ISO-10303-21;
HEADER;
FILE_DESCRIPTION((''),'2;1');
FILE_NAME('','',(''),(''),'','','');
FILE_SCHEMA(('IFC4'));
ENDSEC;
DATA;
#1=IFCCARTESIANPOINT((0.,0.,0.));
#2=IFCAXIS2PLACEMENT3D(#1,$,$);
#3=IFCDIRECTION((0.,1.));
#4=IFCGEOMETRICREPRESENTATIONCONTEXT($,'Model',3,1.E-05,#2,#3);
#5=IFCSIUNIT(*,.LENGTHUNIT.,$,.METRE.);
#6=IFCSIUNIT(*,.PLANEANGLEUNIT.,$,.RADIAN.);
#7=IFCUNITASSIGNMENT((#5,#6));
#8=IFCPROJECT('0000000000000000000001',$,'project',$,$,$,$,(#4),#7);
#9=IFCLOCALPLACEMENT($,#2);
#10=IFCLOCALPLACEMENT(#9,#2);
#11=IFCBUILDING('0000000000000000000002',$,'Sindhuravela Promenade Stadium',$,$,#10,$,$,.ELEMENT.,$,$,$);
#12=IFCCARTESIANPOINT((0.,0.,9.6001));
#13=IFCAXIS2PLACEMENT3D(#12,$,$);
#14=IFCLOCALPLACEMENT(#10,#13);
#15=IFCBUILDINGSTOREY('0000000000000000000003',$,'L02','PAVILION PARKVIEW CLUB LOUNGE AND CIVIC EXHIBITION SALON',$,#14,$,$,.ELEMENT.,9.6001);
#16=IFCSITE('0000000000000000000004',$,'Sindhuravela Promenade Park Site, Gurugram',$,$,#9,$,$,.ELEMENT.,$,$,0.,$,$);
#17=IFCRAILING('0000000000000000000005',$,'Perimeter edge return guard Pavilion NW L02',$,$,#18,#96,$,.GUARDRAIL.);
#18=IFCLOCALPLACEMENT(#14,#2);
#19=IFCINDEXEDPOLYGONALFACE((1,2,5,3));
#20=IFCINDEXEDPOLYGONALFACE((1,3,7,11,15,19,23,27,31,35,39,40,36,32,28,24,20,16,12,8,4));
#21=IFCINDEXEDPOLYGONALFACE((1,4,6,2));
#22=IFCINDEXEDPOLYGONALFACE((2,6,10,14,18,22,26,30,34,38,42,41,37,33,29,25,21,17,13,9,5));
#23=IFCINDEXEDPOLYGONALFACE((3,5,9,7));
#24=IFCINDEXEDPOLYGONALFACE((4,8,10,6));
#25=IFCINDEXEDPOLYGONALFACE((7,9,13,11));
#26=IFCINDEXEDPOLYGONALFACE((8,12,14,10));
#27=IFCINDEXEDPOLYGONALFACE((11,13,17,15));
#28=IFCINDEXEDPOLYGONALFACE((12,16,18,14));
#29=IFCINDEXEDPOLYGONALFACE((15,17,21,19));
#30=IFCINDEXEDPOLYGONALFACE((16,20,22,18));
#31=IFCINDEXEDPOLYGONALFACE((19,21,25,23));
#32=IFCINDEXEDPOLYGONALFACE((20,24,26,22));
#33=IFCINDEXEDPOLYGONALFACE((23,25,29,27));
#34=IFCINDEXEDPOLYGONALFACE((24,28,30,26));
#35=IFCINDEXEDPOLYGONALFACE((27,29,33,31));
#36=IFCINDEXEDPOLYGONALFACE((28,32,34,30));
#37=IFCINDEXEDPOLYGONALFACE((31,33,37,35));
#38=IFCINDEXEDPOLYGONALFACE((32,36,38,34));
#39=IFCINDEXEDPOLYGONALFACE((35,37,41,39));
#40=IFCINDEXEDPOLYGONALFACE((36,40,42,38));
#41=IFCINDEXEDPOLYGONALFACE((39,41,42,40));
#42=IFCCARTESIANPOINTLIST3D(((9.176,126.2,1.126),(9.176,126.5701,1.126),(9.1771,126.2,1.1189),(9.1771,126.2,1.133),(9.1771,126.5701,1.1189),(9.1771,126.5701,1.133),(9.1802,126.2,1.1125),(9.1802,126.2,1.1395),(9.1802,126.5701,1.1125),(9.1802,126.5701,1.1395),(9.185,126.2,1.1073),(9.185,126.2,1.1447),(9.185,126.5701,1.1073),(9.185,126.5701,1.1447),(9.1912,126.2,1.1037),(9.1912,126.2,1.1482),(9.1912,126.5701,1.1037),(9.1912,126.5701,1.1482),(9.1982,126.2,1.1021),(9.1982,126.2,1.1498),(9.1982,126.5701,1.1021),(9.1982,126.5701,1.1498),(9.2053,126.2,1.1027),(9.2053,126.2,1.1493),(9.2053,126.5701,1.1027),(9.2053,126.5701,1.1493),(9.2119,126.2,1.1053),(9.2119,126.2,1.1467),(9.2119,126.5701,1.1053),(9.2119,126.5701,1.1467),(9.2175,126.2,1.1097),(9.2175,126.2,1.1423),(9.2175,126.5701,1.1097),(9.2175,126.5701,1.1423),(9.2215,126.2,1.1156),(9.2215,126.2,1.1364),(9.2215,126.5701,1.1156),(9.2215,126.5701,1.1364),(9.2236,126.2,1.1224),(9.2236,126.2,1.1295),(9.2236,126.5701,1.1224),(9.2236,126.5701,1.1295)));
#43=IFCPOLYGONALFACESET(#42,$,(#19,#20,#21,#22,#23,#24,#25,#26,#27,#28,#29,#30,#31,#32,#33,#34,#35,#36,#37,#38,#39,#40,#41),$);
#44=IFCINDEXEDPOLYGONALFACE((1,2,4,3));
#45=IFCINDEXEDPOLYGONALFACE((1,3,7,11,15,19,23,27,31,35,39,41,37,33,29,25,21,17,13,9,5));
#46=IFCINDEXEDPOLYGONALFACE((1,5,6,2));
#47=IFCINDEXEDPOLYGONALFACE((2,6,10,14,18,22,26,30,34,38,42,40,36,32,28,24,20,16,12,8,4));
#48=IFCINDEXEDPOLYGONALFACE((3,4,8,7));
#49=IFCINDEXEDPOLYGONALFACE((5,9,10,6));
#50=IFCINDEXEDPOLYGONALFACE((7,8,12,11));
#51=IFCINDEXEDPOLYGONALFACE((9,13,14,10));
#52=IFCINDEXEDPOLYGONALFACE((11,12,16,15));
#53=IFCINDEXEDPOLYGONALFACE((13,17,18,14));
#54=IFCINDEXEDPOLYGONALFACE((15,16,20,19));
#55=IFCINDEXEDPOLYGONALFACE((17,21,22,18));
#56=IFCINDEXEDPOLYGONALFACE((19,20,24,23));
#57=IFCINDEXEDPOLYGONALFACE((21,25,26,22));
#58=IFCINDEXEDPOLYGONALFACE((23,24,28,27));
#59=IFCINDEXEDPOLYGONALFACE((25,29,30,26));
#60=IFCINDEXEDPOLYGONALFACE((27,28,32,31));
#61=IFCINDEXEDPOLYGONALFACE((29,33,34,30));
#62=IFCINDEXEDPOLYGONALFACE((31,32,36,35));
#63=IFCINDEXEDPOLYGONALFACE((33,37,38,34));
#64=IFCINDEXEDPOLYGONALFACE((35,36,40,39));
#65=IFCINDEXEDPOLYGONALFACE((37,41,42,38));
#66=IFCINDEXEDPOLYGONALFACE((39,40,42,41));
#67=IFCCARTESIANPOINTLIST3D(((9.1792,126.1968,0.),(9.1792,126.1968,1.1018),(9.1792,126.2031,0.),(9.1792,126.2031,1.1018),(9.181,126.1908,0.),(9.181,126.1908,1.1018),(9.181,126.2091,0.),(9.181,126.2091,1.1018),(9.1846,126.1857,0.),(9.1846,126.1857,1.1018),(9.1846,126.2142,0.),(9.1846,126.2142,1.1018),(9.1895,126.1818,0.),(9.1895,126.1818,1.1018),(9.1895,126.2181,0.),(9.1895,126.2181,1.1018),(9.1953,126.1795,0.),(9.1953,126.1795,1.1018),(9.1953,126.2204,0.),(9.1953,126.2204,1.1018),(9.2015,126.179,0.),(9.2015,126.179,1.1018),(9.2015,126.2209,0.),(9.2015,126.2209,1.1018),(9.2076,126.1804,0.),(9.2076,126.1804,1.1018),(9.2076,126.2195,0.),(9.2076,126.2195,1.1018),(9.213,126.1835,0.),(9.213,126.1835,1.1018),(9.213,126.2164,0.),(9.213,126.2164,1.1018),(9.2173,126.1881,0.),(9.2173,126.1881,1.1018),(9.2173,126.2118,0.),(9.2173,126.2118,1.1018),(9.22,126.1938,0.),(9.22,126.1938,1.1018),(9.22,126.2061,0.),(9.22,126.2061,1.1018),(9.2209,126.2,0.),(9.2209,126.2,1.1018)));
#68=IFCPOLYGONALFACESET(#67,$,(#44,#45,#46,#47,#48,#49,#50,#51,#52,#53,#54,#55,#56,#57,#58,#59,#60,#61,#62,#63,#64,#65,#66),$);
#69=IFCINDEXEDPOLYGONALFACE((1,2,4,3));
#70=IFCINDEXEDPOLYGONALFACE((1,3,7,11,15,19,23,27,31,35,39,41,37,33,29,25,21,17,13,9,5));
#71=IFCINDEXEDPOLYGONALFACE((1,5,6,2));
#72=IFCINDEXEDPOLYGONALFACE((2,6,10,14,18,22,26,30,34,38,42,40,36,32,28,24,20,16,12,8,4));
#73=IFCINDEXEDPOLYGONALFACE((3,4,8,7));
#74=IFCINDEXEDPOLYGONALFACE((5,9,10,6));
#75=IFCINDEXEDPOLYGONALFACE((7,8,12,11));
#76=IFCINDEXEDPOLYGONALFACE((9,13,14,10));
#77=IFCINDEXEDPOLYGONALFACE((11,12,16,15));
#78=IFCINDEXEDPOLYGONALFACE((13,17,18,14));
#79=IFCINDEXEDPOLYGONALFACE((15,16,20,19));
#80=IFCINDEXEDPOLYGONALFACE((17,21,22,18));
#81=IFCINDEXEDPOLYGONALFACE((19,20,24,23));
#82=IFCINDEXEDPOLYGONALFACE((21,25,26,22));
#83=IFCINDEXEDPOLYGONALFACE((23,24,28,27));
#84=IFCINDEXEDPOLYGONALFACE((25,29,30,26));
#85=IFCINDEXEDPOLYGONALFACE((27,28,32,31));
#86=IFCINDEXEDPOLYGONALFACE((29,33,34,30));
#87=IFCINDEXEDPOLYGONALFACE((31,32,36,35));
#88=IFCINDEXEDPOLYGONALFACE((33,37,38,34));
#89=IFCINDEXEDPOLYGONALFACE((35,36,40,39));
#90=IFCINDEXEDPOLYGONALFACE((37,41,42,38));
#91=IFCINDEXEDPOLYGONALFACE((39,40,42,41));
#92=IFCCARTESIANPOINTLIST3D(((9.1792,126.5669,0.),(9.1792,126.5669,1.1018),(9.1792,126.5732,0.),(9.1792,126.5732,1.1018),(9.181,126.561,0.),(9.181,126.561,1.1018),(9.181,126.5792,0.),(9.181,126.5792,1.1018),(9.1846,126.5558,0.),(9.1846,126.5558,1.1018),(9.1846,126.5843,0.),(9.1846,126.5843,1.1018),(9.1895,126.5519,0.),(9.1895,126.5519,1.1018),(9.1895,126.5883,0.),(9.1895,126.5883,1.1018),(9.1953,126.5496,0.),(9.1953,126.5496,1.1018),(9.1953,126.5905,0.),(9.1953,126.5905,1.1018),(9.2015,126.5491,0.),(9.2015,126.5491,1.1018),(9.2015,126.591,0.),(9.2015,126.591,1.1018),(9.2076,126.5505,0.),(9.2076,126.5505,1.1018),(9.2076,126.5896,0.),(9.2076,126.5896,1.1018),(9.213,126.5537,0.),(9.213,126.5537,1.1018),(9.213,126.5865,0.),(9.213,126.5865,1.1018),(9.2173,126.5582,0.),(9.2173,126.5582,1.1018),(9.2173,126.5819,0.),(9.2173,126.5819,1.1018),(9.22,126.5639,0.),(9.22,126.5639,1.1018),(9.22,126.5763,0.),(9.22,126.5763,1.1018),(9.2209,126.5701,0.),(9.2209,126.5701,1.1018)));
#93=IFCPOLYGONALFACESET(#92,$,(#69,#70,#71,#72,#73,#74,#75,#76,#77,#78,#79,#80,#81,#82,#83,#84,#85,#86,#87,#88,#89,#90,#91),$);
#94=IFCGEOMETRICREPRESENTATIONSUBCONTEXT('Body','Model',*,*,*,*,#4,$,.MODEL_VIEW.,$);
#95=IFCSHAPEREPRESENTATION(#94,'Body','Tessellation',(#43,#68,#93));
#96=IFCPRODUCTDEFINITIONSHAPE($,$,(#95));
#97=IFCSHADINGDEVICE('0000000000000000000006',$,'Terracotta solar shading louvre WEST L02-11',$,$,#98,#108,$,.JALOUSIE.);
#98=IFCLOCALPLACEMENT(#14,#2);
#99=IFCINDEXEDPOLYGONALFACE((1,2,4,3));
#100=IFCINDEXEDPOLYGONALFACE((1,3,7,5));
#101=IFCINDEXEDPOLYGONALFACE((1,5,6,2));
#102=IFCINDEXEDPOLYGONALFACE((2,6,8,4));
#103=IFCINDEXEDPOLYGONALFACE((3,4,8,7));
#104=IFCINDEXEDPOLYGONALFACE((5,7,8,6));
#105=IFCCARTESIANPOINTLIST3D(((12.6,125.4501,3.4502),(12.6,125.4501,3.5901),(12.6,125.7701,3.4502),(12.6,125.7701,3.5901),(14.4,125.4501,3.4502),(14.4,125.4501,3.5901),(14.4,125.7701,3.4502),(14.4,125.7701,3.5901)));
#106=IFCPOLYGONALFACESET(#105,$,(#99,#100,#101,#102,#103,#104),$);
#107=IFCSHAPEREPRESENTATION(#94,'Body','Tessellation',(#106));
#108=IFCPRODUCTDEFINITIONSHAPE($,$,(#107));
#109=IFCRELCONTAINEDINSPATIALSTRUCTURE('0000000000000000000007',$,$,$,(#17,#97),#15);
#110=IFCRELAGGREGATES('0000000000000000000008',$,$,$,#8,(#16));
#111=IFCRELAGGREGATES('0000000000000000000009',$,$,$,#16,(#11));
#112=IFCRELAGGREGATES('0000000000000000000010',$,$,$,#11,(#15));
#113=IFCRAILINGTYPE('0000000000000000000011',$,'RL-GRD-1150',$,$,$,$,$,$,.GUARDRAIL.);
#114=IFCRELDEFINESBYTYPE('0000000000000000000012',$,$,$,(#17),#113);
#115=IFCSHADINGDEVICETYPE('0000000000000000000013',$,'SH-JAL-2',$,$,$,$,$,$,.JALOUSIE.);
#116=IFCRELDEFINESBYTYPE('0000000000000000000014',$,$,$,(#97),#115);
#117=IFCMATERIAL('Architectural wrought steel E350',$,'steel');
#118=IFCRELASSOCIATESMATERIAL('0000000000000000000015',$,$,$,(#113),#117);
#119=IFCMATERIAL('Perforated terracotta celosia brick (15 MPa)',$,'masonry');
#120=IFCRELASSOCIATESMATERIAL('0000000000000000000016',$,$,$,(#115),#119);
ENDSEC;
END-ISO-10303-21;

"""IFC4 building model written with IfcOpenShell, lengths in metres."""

from ifc_helpers import new_model, si_unit, direction, frame, origin, origin_2d, place, context, subcontext, project, spatial, rectangle, circle, extrude, material, type_object, element, save


model = new_model("IFC4")

# Units and contexts
model_context = context("Model", 3, precision=1e-05, world=origin(), true_north=direction((0.0, 1.0)))
body_context = subcontext(model_context, "Body", "Model", "MODEL_VIEW")
ifc_project = project(units=[si_unit("LENGTHUNIT", "METRE"), si_unit("PLANEANGLEUNIT", "RADIAN")], contexts=[model_context])

# Site, building, storey
site_placement = place(None, origin())
site = spatial("IfcSite", under=ifc_project, at=site_placement, Name="Sindhuravela Promenade Park Site, Gurugram", CompositionType="ELEMENT", RefElevation=0.0)
building_placement = place(site_placement, origin())
building = spatial("IfcBuilding", under=site, at=building_placement, Name="Sindhuravela Promenade Stadium", CompositionType="ELEMENT")
storey_placement = place(building_placement, frame((0.0, 0.0, 9.6001)))
storey = spatial("IfcBuildingStorey", under=building, at=storey_placement, Name="L02", Description="PAVILION PARKVIEW CLUB LOUNGE AND CIVIC EXHIBITION SALON", CompositionType="ELEMENT", Elevation=9.6001)

# Railing
ifc_material_1 = material(Name="Architectural wrought steel E350", Category="steel")
railing_type = type_object("IfcRailingType", Name="RL-GRD-1150", PredefinedType="GUARDRAIL", material=ifc_material_1)
railing_placement = place(storey_placement, frame((9.2, 126.2, 0.0)))
element("IfcRailing", 1, at=railing_placement, inside=storey, type_object=railing_type, Name="Perimeter edge return guard Pavilion NW L02", PredefinedType="GUARDRAIL", context=body_context, shape_type="SweptSolid", body=[
    extrude(circle(Radius=0.0239, at=origin_2d()), frame((0.0, 0.0, 1.126), z_axis=(0.0, 1.0, 0.0), x_axis=(-1.0, 0.0, 0.0)), (0.0, 0.0, 1.0), 0.3701),
    extrude(circle(Radius=0.021, at=origin_2d()), origin(), (0.0, 0.0, 1.0), 1.1018),
    extrude(circle(Radius=0.021, at=origin_2d()), frame((0.0, 0.3701, 0.0)), (0.0, 0.0, 1.0), 1.1018),
])

# Shading device
ifc_material_2 = material(Name="Perforated terracotta celosia brick (15 MPa)", Category="masonry")
shading_device_type = type_object("IfcShadingDeviceType", Name="SH-JAL-2", PredefinedType="JALOUSIE", material=ifc_material_2)
shading_device_placement = place(storey_placement, frame((13.5, 125.6101, 3.4502), z_axis=(0.0, 0.0, 1.0), x_axis=(1.0, 0.0, 0.0)))
element("IfcShadingDevice", 2, at=shading_device_placement, inside=storey, type_object=shading_device_type, Name="Terracotta solar shading louvre WEST L02-11", PredefinedType="JALOUSIE", context=body_context, shape_type="SweptSolid", body=[
    extrude(rectangle(XDim=1.8, YDim=0.3201, at=origin_2d()), origin(), (0.0, 0.0, 1.0), 0.1399),
])

save(model, "model.ifc")
